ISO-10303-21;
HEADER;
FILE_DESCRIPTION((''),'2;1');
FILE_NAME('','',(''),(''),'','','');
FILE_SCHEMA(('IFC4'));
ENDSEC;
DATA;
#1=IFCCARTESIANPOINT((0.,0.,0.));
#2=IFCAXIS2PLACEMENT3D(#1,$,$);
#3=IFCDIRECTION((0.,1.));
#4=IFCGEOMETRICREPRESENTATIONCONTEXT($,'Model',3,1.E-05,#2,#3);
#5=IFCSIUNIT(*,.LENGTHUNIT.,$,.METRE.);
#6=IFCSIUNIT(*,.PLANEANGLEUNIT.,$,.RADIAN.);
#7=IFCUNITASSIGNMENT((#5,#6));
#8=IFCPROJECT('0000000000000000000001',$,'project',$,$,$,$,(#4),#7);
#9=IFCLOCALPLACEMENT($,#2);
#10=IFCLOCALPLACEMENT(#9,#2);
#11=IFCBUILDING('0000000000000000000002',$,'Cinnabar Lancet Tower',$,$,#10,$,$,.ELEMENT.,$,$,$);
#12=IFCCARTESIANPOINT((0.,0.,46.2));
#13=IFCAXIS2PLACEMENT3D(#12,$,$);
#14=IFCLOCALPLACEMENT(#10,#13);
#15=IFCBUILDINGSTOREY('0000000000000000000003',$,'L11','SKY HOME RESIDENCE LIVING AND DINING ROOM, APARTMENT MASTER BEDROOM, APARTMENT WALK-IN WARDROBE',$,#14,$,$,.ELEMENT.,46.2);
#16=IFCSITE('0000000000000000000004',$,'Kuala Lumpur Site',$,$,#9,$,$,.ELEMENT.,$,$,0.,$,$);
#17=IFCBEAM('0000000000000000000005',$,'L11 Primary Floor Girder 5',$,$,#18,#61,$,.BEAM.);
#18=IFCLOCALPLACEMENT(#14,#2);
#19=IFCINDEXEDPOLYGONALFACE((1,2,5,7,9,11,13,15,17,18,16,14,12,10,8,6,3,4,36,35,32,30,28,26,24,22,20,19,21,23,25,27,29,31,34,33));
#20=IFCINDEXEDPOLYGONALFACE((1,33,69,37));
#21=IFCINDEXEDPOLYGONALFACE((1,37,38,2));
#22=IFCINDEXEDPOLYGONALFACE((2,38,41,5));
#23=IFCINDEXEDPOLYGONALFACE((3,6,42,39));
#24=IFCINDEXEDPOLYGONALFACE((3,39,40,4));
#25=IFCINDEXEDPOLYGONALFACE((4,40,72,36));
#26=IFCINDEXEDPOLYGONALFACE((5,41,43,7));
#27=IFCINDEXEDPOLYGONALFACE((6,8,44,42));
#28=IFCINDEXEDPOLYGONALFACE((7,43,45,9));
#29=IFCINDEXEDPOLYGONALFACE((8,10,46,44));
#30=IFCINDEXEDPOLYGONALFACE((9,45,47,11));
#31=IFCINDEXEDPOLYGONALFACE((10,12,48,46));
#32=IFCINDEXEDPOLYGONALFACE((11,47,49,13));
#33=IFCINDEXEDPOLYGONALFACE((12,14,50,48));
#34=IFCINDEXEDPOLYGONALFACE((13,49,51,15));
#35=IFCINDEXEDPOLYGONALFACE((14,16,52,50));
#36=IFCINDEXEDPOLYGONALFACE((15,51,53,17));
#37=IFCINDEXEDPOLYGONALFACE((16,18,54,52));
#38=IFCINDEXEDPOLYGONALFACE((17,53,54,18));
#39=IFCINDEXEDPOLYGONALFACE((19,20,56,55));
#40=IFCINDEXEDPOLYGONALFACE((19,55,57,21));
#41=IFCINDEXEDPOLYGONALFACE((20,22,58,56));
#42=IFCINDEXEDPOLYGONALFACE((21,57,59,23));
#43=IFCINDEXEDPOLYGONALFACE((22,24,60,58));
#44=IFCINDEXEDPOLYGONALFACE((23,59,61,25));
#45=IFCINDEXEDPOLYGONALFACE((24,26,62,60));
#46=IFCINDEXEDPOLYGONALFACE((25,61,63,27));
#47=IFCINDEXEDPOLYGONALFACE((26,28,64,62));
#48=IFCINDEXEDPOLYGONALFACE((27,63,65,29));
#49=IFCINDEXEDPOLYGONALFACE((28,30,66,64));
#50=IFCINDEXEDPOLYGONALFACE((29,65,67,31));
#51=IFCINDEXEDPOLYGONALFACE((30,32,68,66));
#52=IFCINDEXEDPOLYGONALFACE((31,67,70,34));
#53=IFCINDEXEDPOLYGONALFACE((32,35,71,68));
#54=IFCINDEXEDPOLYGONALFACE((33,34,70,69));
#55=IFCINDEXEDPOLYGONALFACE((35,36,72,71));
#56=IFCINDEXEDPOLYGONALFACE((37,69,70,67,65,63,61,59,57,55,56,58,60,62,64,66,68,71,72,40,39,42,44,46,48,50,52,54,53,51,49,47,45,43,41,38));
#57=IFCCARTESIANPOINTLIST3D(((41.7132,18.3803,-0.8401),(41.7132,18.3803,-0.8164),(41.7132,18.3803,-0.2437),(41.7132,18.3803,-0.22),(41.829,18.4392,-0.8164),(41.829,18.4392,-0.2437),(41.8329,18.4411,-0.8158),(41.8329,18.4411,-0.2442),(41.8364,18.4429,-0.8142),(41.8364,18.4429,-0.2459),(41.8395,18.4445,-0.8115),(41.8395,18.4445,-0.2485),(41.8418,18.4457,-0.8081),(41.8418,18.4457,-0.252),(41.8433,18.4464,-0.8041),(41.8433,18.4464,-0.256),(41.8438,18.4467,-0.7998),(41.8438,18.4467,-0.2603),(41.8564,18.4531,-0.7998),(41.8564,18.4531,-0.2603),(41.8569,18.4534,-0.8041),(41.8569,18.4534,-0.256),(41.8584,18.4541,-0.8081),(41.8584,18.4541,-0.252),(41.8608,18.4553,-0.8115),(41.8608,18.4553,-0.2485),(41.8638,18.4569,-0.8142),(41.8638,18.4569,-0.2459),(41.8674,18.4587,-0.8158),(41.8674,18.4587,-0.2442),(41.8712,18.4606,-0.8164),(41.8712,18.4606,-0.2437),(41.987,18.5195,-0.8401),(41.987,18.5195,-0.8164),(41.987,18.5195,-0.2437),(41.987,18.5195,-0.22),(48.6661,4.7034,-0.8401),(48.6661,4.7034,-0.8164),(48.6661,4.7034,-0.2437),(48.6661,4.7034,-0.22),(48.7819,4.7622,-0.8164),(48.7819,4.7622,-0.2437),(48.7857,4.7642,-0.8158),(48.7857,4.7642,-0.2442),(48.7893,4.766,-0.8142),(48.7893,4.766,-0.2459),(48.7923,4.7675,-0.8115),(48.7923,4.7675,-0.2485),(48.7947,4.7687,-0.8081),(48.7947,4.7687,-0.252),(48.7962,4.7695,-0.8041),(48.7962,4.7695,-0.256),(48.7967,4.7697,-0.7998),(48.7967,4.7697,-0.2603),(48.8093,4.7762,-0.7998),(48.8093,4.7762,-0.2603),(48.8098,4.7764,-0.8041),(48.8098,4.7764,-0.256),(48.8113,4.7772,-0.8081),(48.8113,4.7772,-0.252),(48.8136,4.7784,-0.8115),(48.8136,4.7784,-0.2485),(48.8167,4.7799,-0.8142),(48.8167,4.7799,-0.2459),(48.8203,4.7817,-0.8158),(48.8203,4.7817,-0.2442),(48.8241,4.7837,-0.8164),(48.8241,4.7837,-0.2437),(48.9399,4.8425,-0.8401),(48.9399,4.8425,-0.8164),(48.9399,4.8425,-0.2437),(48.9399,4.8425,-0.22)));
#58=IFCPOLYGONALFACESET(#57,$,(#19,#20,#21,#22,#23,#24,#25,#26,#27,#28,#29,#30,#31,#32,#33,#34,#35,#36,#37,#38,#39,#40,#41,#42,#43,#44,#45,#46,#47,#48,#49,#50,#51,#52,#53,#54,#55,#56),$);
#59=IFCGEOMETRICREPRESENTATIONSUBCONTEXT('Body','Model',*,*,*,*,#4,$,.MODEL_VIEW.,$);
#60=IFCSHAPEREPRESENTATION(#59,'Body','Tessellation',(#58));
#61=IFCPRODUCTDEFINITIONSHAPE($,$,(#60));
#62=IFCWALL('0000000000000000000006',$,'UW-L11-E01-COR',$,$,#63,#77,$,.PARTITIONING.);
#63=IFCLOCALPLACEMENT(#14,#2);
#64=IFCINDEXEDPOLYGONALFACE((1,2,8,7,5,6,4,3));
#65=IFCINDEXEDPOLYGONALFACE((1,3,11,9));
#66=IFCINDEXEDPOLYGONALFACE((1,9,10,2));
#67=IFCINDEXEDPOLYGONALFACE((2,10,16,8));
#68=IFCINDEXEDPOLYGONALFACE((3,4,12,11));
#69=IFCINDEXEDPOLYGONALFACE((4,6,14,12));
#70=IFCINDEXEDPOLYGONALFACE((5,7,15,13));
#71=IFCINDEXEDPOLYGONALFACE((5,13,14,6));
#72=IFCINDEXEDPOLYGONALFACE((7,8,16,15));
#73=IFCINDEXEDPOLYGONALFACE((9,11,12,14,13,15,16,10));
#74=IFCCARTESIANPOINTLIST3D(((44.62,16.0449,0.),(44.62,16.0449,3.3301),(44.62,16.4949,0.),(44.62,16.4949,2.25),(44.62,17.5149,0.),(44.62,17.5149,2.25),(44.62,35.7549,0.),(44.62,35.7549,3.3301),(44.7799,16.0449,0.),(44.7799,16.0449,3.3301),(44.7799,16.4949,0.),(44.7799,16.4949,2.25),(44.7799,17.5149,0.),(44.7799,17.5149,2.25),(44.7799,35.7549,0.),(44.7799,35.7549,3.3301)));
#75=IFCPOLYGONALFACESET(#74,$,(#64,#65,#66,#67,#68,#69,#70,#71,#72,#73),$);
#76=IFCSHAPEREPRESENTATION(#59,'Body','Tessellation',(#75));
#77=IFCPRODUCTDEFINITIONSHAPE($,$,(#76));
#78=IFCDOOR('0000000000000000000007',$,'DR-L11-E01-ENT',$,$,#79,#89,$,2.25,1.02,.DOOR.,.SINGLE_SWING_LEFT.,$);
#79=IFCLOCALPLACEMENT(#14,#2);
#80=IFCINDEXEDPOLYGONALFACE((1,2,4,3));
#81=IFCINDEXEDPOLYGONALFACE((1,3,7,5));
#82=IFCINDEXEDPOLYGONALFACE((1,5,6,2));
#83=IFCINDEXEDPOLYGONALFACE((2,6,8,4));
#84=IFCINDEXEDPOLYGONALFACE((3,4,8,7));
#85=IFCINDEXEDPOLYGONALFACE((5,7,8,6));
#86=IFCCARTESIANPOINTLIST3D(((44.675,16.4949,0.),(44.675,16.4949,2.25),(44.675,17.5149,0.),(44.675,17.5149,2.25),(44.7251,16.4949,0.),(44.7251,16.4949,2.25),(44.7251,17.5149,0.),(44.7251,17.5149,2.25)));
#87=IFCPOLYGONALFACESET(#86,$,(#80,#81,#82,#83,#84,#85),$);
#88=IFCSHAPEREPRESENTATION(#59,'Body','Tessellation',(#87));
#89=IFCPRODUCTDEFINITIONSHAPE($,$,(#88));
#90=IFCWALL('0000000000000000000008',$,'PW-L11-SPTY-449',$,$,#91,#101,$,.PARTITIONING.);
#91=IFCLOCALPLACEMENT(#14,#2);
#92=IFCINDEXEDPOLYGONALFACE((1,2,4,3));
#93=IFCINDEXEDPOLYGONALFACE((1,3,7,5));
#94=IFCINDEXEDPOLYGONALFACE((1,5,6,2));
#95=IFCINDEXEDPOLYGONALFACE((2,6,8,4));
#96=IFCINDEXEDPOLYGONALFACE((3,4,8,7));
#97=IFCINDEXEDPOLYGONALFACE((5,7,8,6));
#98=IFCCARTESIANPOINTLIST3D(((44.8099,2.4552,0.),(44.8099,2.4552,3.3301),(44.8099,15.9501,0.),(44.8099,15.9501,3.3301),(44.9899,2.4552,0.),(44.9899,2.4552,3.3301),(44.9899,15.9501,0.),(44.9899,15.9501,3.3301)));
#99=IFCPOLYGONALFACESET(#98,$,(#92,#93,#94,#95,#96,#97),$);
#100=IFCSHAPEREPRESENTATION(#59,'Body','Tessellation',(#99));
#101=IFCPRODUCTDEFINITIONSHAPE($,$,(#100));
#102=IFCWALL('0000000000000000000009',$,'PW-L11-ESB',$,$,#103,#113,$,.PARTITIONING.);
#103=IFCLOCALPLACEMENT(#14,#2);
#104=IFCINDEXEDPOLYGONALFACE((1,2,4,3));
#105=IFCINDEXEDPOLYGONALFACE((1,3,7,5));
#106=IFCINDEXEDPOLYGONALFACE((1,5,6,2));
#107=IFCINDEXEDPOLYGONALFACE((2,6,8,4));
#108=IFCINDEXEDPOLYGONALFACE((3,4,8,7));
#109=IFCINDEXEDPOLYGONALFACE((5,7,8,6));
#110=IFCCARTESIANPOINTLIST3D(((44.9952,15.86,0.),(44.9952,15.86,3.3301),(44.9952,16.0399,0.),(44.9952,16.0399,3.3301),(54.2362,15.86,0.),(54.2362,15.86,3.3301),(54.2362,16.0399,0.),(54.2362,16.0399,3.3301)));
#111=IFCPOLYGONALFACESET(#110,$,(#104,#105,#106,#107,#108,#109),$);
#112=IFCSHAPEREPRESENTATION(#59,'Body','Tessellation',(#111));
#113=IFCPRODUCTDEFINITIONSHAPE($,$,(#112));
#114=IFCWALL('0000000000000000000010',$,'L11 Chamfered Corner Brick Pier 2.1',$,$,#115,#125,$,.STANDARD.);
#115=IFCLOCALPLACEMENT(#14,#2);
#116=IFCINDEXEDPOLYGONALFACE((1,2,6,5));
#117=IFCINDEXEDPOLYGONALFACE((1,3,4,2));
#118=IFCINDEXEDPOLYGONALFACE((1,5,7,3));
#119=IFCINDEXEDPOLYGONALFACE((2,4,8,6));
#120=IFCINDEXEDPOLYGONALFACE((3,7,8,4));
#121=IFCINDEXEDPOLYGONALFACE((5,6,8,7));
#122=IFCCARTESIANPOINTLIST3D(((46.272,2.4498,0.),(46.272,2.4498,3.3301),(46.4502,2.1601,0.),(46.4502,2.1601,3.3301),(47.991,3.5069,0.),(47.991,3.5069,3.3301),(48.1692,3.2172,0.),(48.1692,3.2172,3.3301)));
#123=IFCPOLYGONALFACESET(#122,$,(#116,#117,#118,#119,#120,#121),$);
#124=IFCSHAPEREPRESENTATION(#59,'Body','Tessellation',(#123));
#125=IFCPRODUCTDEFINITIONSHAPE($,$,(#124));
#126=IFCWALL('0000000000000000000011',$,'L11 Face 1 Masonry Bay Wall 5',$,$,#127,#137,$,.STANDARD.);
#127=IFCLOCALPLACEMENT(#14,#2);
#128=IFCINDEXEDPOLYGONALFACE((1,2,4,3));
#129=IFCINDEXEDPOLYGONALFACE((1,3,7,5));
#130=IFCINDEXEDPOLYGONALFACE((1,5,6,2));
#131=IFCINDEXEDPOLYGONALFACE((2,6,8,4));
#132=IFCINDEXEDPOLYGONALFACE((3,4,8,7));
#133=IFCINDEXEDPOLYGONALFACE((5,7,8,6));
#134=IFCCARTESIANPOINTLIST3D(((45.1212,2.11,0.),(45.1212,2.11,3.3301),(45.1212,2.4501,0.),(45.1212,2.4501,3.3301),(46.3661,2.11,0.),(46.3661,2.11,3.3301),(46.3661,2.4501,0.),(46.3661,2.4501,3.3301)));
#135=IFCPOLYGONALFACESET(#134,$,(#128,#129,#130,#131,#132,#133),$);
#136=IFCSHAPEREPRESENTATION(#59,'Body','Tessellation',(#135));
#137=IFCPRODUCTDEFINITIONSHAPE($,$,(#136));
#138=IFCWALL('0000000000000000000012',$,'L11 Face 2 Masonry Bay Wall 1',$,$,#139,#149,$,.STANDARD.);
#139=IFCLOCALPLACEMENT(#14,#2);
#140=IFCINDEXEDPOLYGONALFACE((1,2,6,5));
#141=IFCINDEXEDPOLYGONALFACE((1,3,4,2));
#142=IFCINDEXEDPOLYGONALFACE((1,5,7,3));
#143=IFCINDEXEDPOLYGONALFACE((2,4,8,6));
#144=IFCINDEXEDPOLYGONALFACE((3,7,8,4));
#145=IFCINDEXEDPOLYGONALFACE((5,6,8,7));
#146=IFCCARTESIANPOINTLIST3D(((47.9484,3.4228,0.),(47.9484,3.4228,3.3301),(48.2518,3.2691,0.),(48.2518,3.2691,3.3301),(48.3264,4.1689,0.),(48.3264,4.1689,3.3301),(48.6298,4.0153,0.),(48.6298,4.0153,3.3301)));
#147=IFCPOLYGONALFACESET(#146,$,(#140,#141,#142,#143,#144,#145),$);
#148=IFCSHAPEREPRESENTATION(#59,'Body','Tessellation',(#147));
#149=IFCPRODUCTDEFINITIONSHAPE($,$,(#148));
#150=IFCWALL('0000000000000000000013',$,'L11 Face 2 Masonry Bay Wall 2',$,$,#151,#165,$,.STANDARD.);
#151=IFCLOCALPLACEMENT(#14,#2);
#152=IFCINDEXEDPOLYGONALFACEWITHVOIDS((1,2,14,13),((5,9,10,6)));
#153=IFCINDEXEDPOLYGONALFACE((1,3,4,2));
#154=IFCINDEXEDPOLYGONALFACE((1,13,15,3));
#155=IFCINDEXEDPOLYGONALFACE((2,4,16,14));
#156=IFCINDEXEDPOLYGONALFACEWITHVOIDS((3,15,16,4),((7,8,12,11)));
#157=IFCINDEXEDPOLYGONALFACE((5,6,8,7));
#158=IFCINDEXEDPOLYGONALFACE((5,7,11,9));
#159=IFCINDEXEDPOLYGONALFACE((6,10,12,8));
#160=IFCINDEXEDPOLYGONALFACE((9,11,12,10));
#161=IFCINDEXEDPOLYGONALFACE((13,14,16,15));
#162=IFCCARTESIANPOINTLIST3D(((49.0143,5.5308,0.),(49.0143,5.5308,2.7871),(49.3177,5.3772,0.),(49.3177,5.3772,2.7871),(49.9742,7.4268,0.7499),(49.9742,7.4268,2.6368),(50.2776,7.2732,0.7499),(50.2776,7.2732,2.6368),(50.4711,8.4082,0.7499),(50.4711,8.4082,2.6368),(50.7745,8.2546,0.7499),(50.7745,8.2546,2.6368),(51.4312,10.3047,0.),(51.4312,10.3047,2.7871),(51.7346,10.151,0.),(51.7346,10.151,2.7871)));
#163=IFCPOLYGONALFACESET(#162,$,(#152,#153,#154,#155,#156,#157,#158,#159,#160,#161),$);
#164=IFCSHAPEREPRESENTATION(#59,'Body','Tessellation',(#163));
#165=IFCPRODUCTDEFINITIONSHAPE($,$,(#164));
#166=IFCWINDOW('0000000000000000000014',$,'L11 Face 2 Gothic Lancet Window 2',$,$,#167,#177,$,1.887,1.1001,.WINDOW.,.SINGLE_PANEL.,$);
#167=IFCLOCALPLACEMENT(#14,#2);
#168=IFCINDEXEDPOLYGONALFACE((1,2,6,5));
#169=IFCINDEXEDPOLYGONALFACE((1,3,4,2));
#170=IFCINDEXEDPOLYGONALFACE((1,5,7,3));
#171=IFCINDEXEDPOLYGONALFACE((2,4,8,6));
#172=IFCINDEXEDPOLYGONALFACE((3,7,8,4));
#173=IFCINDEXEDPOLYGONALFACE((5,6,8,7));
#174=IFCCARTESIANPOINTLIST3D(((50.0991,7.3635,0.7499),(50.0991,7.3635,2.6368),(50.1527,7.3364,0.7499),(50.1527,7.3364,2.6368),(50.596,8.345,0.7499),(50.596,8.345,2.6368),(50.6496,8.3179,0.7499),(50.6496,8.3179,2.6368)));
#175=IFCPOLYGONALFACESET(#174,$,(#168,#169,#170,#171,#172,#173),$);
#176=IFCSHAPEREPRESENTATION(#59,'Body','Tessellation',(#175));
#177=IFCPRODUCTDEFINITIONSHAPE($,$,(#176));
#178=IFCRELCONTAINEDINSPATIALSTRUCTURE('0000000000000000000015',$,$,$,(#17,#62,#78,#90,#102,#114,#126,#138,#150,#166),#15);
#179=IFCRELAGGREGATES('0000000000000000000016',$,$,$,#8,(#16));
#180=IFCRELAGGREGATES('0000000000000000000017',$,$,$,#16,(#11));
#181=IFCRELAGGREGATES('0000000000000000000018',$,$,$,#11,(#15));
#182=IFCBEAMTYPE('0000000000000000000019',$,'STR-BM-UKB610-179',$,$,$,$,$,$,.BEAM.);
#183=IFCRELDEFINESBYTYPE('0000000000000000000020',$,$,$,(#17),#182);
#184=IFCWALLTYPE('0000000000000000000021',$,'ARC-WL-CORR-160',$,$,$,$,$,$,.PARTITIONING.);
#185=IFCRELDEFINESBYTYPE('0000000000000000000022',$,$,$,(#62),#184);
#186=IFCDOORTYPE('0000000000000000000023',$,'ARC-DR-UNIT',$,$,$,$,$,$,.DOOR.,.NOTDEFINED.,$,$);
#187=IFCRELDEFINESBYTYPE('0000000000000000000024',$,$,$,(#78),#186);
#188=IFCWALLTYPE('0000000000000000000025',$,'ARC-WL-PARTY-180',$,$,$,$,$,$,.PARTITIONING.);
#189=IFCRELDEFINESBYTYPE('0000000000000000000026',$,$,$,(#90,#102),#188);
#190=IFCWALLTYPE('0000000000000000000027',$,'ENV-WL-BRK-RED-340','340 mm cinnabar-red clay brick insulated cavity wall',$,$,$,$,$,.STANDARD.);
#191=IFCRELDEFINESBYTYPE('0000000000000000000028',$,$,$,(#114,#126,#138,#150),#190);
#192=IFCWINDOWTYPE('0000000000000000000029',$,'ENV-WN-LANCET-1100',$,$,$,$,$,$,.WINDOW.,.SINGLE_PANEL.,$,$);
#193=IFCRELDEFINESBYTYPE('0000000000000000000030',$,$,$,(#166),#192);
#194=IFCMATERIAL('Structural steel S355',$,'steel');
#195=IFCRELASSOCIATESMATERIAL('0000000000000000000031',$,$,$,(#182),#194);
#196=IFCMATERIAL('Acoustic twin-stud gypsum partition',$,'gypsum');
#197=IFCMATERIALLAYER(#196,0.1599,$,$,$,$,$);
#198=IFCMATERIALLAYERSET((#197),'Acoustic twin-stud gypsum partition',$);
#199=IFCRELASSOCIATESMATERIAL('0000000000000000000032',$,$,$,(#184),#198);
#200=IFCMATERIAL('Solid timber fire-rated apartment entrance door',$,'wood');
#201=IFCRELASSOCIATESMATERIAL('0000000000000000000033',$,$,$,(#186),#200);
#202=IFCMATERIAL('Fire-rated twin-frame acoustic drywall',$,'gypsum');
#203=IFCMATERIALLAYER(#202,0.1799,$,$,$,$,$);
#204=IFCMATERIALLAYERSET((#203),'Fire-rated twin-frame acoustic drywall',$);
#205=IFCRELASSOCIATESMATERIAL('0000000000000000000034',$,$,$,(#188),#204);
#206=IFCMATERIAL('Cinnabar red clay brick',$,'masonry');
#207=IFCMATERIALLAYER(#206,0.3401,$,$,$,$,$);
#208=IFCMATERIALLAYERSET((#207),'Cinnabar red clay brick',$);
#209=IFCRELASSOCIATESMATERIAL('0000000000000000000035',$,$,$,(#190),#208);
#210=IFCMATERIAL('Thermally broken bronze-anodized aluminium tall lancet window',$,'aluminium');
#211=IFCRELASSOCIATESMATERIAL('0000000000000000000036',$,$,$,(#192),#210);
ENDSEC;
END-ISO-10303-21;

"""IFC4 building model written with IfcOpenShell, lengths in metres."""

from ifc_helpers import new_model, si_unit, direction, frame, frame_2d, origin, origin_2d, place, context, subcontext, project, spatial, rectangle, i_section, extrude, material, layer, layer_set, material_profile, profile_set, type_object, element, fill, save


model = new_model("IFC4")

# Units and contexts
model_context = context("Model", 3, precision=1e-05, world=origin(), true_north=direction((0.0, 1.0)))
body_context = subcontext(model_context, "Body", "Model", "MODEL_VIEW")
ifc_project = project(units=[si_unit("LENGTHUNIT", "METRE"), si_unit("PLANEANGLEUNIT", "RADIAN")], contexts=[model_context])

# Site, building, storey
site_placement = place(None, origin())
site = spatial("IfcSite", under=ifc_project, at=site_placement, Name="Kuala Lumpur Site", CompositionType="ELEMENT", RefElevation=0.0)
building_placement = place(site_placement, origin())
building = spatial("IfcBuilding", under=site, at=building_placement, Name="Cinnabar Lancet Tower", CompositionType="ELEMENT")
storey_placement = place(building_placement, frame((0.0, 0.0, 46.2)))
storey = spatial("IfcBuildingStorey", under=building, at=storey_placement, Name="L11", Description="SKY HOME RESIDENCE LIVING AND DINING ROOM, APARTMENT MASTER BEDROOM, APARTMENT WALK-IN WARDROBE", CompositionType="ELEMENT", Elevation=46.2)

# Beam
ifc_material_1 = material(Name="Structural steel S355", Category="steel")
ifc_material_profile_1 = material_profile(ifc_material_1, i_section(OverallWidth=0.3071, OverallDepth=0.6201, WebThickness=0.0142, FlangeThickness=0.0237, FilletRadius=0.0166, at=origin_2d()), Name="UKB 610x305x179")
ifc_profile_set_1 = profile_set([ifc_material_profile_1], Name="Structural steel S355")
beam_type_1 = type_object("IfcBeamType", Name="STR-BM-UKB610-179", PredefinedType="BEAM", material=ifc_profile_set_1)
beam_1_placement = place(storey_placement, frame((48.803, 4.7729, -0.53), z_axis=(-0.453168, 0.891425, 0.0), x_axis=(-0.891425, -0.453168, 0.0)))
element("IfcBeam", 1, at=beam_1_placement, inside=storey, type_object=beam_type_1, Name="L11 Primary Floor Girder 5", PredefinedType="BEAM", context=body_context, shape_type="SweptSolid", body=[
    extrude(i_section(OverallWidth=0.3071, OverallDepth=0.6201, WebThickness=0.0142, FlangeThickness=0.0237, FilletRadius=0.0166, at=origin_2d()), origin(), (0.0, 0.0, 1.0), 15.3428),
])

# Wall, opening, door
ifc_material_2 = material(Name="Acoustic twin-stud gypsum partition", Category="gypsum")
ifc_layer_1 = layer(ifc_material_2, 0.1599)
ifc_layer_set_1 = layer_set([ifc_layer_1], Name="Acoustic twin-stud gypsum partition")
wall_type_1 = type_object("IfcWallType", Name="ARC-WL-CORR-160", PredefinedType="PARTITIONING", material=ifc_layer_set_1)
wall_1_placement = place(storey_placement, frame((44.7, 16.0449, 0.0), z_axis=(0.0, 0.0, 1.0), x_axis=(0.0, 1.0, 0.0)))
wall_1 = element("IfcWall", 2, at=wall_1_placement, inside=storey, type_object=wall_type_1, Name="UW-L11-E01-COR", PredefinedType="PARTITIONING", context=body_context, shape_type="SweptSolid", body=[
    extrude(rectangle(XDim=19.71, YDim=0.1599, at=frame_2d((9.855, 0.0))), origin(), (0.0, 0.0, 1.0), 3.3301),
])
opening_1_placement = place(wall_1_placement, frame((0.45, 0.0, 0.0)))
opening_1 = element("IfcOpeningElement", 3, at=opening_1_placement, cuts=wall_1, PredefinedType="OPENING", context=body_context, shape_type="SweptSolid", body=[
    extrude(rectangle(XDim=1.02, YDim=2.25, at=frame_2d((0.51, 1.125))), frame((0.0, 0.0898, 0.0), z_axis=(0.0, -1.0, 0.0), x_axis=(1.0, 0.0, 0.0)), (0.0, 0.0, 1.0), 0.1799),
])
ifc_material_3 = material(Name="Solid timber fire-rated apartment entrance door", Category="wood")
door_type = type_object("IfcDoorType", Name="ARC-DR-UNIT", OperationType="NOTDEFINED", PredefinedType="DOOR", material=ifc_material_3)
door_placement = place(opening_1_placement, origin())
door = element("IfcDoor", 4, at=door_placement, inside=storey, type_object=door_type, Name="DR-L11-E01-ENT", OperationType="SINGLE_SWING_LEFT", OverallHeight=2.25, OverallWidth=1.02, PredefinedType="DOOR", context=body_context, shape_type="SweptSolid", body=[
    extrude(rectangle(XDim=1.02, YDim=2.25, at=frame_2d((0.51, 1.125))), frame((0.0, 0.0249, 0.0), z_axis=(0.0, -1.0, 0.0), x_axis=(1.0, 0.0, 0.0)), (0.0, 0.0, 1.0), 0.05),
])
fill(opening_1, door)

# Walls
ifc_material_4 = material(Name="Fire-rated twin-frame acoustic drywall", Category="gypsum")
ifc_layer_2 = layer(ifc_material_4, 0.1799)
ifc_layer_set_2 = layer_set([ifc_layer_2], Name="Fire-rated twin-frame acoustic drywall")
wall_type_2 = type_object("IfcWallType", Name="ARC-WL-PARTY-180", PredefinedType="PARTITIONING", material=ifc_layer_set_2)
wall_2_placement = place(storey_placement, frame((44.8999, 2.4551, 0.0), z_axis=(0.0, 0.0, 1.0), x_axis=(0.0, 1.0, 0.0)))
element("IfcWall", 5, at=wall_2_placement, inside=storey, type_object=wall_type_2, Name="PW-L11-SPTY-449", PredefinedType="PARTITIONING", context=body_context, shape_type="SweptSolid", body=[
    extrude(rectangle(XDim=13.4949, YDim=0.1799, at=frame_2d((6.7476, 0.0))), origin(), (0.0, 0.0, 1.0), 3.3301),
])
wall_3_placement = place(storey_placement, frame((44.9951, 15.95, 0.0), z_axis=(0.0, 0.0, 1.0), x_axis=(1.0, 0.0, 0.0)))
element("IfcWall", 6, at=wall_3_placement, inside=storey, type_object=wall_type_2, Name="PW-L11-ESB", PredefinedType="PARTITIONING", context=body_context, shape_type="SweptSolid", body=[
    extrude(rectangle(XDim=9.241, YDim=0.1799, at=frame_2d((4.6206, 0.0))), origin(), (0.0, 0.0, 1.0), 3.3301),
])
ifc_material_5 = material(Name="Cinnabar red clay brick", Category="masonry")
ifc_layer_3 = layer(ifc_material_5, 0.3401)
ifc_layer_set_3 = layer_set([ifc_layer_3], Name="Cinnabar red clay brick")
wall_type_3 = type_object("IfcWallType", Name="ENV-WL-BRK-RED-340", Description="340 mm cinnabar-red clay brick insulated cavity wall", PredefinedType="STANDARD", material=ifc_layer_set_3)
wall_4_placement = place(storey_placement, frame((46.3611, 2.3049, 0.0), z_axis=(0.0, 0.0, 1.0), x_axis=(0.851816, 0.523841, 0.0)))
element("IfcWall", 7, at=wall_4_placement, inside=storey, type_object=wall_type_3, Name="L11 Chamfered Corner Brick Pier 2.1", PredefinedType="STANDARD", context=body_context, shape_type="SweptSolid", body=[
    extrude(rectangle(XDim=2.0181, YDim=0.3401, at=frame_2d((1.009, 0.0))), origin(), (0.0, 0.0, 1.0), 3.3301),
])
wall_5_placement = place(storey_placement, frame((45.1211, 2.28, 0.0), z_axis=(0.0, 0.0, 1.0), x_axis=(1.0, 0.0, 0.0)))
element("IfcWall", 8, at=wall_5_placement, inside=storey, type_object=wall_type_3, Name="L11 Face 1 Masonry Bay Wall 5", PredefinedType="STANDARD", context=body_context, shape_type="SweptSolid", body=[
    extrude(rectangle(XDim=1.2449, YDim=0.3401, at=frame_2d((0.6226, 0.0))), origin(), (0.0, 0.0, 1.0), 3.3301),
])
wall_6_placement = place(storey_placement, frame((48.1001, 3.3459, 0.0), z_axis=(0.0, 0.0, 1.0), x_axis=(0.451878, 0.89208, 0.0)))
element("IfcWall", 9, at=wall_6_placement, inside=storey, type_object=wall_type_3, Name="L11 Face 2 Masonry Bay Wall 1", PredefinedType="STANDARD", context=body_context, shape_type="SweptSolid", body=[
    extrude(rectangle(XDim=0.8364, YDim=0.3401, at=frame_2d((0.4182, 0.0))), origin(), (0.0, 0.0, 1.0), 3.3301),
])

# Wall, opening, window
wall_7_placement = place(storey_placement, frame((49.166, 5.4541, 0.0), z_axis=(0.0, 0.0, 1.0), x_axis=(0.451698, 0.892171, 0.0)))
wall_7 = element("IfcWall", 10, at=wall_7_placement, inside=storey, type_object=wall_type_3, Name="L11 Face 2 Masonry Bay Wall 2", PredefinedType="STANDARD", context=body_context, shape_type="SweptSolid", body=[
    extrude(rectangle(XDim=5.3508, YDim=0.3401, at=frame_2d((2.6753, 0.0))), origin(), (0.0, 0.0, 1.0), 2.7871),
])
opening_2_placement = place(wall_7_placement, frame((2.125, 0.0, 0.75)))
opening_2 = element("IfcOpeningElement", 11, at=opening_2_placement, cuts=wall_7, PredefinedType="OPENING", context=body_context, shape_type="SweptSolid", body=[
    extrude(rectangle(XDim=1.1001, YDim=1.887, at=frame_2d((0.55, 0.9434))), frame((0.0, 0.1799, 0.0), z_axis=(0.0, -1.0, 0.0), x_axis=(1.0, 0.0, 0.0)), (0.0, 0.0, 1.0), 0.3601),
])
ifc_material_6 = material(Name="Thermally broken bronze-anodized aluminium tall lancet window", Category="aluminium")
window_type = type_object("IfcWindowType", Name="ENV-WN-LANCET-1100", PartitioningType="SINGLE_PANEL", PredefinedType="WINDOW", material=ifc_material_6)
window_1_placement = place(opening_2_placement, origin())
window_1 = element("IfcWindow", 12, at=window_1_placement, inside=storey, type_object=window_type, Name="L11 Face 2 Gothic Lancet Window 2", OverallHeight=1.887, OverallWidth=1.1001, PartitioningType="SINGLE_PANEL", PredefinedType="WINDOW", context=body_context, shape_type="SweptSolid", body=[
    extrude(rectangle(XDim=1.1001, YDim=1.887, at=frame_2d((0.55, 0.9434))), frame((0.0, 0.03, 0.0), z_axis=(0.0, -1.0, 0.0), x_axis=(1.0, 0.0, 0.0)), (0.0, 0.0, 1.0), 0.0601),
])
fill(opening_2, window_1)

save(model, "model.ifc")
